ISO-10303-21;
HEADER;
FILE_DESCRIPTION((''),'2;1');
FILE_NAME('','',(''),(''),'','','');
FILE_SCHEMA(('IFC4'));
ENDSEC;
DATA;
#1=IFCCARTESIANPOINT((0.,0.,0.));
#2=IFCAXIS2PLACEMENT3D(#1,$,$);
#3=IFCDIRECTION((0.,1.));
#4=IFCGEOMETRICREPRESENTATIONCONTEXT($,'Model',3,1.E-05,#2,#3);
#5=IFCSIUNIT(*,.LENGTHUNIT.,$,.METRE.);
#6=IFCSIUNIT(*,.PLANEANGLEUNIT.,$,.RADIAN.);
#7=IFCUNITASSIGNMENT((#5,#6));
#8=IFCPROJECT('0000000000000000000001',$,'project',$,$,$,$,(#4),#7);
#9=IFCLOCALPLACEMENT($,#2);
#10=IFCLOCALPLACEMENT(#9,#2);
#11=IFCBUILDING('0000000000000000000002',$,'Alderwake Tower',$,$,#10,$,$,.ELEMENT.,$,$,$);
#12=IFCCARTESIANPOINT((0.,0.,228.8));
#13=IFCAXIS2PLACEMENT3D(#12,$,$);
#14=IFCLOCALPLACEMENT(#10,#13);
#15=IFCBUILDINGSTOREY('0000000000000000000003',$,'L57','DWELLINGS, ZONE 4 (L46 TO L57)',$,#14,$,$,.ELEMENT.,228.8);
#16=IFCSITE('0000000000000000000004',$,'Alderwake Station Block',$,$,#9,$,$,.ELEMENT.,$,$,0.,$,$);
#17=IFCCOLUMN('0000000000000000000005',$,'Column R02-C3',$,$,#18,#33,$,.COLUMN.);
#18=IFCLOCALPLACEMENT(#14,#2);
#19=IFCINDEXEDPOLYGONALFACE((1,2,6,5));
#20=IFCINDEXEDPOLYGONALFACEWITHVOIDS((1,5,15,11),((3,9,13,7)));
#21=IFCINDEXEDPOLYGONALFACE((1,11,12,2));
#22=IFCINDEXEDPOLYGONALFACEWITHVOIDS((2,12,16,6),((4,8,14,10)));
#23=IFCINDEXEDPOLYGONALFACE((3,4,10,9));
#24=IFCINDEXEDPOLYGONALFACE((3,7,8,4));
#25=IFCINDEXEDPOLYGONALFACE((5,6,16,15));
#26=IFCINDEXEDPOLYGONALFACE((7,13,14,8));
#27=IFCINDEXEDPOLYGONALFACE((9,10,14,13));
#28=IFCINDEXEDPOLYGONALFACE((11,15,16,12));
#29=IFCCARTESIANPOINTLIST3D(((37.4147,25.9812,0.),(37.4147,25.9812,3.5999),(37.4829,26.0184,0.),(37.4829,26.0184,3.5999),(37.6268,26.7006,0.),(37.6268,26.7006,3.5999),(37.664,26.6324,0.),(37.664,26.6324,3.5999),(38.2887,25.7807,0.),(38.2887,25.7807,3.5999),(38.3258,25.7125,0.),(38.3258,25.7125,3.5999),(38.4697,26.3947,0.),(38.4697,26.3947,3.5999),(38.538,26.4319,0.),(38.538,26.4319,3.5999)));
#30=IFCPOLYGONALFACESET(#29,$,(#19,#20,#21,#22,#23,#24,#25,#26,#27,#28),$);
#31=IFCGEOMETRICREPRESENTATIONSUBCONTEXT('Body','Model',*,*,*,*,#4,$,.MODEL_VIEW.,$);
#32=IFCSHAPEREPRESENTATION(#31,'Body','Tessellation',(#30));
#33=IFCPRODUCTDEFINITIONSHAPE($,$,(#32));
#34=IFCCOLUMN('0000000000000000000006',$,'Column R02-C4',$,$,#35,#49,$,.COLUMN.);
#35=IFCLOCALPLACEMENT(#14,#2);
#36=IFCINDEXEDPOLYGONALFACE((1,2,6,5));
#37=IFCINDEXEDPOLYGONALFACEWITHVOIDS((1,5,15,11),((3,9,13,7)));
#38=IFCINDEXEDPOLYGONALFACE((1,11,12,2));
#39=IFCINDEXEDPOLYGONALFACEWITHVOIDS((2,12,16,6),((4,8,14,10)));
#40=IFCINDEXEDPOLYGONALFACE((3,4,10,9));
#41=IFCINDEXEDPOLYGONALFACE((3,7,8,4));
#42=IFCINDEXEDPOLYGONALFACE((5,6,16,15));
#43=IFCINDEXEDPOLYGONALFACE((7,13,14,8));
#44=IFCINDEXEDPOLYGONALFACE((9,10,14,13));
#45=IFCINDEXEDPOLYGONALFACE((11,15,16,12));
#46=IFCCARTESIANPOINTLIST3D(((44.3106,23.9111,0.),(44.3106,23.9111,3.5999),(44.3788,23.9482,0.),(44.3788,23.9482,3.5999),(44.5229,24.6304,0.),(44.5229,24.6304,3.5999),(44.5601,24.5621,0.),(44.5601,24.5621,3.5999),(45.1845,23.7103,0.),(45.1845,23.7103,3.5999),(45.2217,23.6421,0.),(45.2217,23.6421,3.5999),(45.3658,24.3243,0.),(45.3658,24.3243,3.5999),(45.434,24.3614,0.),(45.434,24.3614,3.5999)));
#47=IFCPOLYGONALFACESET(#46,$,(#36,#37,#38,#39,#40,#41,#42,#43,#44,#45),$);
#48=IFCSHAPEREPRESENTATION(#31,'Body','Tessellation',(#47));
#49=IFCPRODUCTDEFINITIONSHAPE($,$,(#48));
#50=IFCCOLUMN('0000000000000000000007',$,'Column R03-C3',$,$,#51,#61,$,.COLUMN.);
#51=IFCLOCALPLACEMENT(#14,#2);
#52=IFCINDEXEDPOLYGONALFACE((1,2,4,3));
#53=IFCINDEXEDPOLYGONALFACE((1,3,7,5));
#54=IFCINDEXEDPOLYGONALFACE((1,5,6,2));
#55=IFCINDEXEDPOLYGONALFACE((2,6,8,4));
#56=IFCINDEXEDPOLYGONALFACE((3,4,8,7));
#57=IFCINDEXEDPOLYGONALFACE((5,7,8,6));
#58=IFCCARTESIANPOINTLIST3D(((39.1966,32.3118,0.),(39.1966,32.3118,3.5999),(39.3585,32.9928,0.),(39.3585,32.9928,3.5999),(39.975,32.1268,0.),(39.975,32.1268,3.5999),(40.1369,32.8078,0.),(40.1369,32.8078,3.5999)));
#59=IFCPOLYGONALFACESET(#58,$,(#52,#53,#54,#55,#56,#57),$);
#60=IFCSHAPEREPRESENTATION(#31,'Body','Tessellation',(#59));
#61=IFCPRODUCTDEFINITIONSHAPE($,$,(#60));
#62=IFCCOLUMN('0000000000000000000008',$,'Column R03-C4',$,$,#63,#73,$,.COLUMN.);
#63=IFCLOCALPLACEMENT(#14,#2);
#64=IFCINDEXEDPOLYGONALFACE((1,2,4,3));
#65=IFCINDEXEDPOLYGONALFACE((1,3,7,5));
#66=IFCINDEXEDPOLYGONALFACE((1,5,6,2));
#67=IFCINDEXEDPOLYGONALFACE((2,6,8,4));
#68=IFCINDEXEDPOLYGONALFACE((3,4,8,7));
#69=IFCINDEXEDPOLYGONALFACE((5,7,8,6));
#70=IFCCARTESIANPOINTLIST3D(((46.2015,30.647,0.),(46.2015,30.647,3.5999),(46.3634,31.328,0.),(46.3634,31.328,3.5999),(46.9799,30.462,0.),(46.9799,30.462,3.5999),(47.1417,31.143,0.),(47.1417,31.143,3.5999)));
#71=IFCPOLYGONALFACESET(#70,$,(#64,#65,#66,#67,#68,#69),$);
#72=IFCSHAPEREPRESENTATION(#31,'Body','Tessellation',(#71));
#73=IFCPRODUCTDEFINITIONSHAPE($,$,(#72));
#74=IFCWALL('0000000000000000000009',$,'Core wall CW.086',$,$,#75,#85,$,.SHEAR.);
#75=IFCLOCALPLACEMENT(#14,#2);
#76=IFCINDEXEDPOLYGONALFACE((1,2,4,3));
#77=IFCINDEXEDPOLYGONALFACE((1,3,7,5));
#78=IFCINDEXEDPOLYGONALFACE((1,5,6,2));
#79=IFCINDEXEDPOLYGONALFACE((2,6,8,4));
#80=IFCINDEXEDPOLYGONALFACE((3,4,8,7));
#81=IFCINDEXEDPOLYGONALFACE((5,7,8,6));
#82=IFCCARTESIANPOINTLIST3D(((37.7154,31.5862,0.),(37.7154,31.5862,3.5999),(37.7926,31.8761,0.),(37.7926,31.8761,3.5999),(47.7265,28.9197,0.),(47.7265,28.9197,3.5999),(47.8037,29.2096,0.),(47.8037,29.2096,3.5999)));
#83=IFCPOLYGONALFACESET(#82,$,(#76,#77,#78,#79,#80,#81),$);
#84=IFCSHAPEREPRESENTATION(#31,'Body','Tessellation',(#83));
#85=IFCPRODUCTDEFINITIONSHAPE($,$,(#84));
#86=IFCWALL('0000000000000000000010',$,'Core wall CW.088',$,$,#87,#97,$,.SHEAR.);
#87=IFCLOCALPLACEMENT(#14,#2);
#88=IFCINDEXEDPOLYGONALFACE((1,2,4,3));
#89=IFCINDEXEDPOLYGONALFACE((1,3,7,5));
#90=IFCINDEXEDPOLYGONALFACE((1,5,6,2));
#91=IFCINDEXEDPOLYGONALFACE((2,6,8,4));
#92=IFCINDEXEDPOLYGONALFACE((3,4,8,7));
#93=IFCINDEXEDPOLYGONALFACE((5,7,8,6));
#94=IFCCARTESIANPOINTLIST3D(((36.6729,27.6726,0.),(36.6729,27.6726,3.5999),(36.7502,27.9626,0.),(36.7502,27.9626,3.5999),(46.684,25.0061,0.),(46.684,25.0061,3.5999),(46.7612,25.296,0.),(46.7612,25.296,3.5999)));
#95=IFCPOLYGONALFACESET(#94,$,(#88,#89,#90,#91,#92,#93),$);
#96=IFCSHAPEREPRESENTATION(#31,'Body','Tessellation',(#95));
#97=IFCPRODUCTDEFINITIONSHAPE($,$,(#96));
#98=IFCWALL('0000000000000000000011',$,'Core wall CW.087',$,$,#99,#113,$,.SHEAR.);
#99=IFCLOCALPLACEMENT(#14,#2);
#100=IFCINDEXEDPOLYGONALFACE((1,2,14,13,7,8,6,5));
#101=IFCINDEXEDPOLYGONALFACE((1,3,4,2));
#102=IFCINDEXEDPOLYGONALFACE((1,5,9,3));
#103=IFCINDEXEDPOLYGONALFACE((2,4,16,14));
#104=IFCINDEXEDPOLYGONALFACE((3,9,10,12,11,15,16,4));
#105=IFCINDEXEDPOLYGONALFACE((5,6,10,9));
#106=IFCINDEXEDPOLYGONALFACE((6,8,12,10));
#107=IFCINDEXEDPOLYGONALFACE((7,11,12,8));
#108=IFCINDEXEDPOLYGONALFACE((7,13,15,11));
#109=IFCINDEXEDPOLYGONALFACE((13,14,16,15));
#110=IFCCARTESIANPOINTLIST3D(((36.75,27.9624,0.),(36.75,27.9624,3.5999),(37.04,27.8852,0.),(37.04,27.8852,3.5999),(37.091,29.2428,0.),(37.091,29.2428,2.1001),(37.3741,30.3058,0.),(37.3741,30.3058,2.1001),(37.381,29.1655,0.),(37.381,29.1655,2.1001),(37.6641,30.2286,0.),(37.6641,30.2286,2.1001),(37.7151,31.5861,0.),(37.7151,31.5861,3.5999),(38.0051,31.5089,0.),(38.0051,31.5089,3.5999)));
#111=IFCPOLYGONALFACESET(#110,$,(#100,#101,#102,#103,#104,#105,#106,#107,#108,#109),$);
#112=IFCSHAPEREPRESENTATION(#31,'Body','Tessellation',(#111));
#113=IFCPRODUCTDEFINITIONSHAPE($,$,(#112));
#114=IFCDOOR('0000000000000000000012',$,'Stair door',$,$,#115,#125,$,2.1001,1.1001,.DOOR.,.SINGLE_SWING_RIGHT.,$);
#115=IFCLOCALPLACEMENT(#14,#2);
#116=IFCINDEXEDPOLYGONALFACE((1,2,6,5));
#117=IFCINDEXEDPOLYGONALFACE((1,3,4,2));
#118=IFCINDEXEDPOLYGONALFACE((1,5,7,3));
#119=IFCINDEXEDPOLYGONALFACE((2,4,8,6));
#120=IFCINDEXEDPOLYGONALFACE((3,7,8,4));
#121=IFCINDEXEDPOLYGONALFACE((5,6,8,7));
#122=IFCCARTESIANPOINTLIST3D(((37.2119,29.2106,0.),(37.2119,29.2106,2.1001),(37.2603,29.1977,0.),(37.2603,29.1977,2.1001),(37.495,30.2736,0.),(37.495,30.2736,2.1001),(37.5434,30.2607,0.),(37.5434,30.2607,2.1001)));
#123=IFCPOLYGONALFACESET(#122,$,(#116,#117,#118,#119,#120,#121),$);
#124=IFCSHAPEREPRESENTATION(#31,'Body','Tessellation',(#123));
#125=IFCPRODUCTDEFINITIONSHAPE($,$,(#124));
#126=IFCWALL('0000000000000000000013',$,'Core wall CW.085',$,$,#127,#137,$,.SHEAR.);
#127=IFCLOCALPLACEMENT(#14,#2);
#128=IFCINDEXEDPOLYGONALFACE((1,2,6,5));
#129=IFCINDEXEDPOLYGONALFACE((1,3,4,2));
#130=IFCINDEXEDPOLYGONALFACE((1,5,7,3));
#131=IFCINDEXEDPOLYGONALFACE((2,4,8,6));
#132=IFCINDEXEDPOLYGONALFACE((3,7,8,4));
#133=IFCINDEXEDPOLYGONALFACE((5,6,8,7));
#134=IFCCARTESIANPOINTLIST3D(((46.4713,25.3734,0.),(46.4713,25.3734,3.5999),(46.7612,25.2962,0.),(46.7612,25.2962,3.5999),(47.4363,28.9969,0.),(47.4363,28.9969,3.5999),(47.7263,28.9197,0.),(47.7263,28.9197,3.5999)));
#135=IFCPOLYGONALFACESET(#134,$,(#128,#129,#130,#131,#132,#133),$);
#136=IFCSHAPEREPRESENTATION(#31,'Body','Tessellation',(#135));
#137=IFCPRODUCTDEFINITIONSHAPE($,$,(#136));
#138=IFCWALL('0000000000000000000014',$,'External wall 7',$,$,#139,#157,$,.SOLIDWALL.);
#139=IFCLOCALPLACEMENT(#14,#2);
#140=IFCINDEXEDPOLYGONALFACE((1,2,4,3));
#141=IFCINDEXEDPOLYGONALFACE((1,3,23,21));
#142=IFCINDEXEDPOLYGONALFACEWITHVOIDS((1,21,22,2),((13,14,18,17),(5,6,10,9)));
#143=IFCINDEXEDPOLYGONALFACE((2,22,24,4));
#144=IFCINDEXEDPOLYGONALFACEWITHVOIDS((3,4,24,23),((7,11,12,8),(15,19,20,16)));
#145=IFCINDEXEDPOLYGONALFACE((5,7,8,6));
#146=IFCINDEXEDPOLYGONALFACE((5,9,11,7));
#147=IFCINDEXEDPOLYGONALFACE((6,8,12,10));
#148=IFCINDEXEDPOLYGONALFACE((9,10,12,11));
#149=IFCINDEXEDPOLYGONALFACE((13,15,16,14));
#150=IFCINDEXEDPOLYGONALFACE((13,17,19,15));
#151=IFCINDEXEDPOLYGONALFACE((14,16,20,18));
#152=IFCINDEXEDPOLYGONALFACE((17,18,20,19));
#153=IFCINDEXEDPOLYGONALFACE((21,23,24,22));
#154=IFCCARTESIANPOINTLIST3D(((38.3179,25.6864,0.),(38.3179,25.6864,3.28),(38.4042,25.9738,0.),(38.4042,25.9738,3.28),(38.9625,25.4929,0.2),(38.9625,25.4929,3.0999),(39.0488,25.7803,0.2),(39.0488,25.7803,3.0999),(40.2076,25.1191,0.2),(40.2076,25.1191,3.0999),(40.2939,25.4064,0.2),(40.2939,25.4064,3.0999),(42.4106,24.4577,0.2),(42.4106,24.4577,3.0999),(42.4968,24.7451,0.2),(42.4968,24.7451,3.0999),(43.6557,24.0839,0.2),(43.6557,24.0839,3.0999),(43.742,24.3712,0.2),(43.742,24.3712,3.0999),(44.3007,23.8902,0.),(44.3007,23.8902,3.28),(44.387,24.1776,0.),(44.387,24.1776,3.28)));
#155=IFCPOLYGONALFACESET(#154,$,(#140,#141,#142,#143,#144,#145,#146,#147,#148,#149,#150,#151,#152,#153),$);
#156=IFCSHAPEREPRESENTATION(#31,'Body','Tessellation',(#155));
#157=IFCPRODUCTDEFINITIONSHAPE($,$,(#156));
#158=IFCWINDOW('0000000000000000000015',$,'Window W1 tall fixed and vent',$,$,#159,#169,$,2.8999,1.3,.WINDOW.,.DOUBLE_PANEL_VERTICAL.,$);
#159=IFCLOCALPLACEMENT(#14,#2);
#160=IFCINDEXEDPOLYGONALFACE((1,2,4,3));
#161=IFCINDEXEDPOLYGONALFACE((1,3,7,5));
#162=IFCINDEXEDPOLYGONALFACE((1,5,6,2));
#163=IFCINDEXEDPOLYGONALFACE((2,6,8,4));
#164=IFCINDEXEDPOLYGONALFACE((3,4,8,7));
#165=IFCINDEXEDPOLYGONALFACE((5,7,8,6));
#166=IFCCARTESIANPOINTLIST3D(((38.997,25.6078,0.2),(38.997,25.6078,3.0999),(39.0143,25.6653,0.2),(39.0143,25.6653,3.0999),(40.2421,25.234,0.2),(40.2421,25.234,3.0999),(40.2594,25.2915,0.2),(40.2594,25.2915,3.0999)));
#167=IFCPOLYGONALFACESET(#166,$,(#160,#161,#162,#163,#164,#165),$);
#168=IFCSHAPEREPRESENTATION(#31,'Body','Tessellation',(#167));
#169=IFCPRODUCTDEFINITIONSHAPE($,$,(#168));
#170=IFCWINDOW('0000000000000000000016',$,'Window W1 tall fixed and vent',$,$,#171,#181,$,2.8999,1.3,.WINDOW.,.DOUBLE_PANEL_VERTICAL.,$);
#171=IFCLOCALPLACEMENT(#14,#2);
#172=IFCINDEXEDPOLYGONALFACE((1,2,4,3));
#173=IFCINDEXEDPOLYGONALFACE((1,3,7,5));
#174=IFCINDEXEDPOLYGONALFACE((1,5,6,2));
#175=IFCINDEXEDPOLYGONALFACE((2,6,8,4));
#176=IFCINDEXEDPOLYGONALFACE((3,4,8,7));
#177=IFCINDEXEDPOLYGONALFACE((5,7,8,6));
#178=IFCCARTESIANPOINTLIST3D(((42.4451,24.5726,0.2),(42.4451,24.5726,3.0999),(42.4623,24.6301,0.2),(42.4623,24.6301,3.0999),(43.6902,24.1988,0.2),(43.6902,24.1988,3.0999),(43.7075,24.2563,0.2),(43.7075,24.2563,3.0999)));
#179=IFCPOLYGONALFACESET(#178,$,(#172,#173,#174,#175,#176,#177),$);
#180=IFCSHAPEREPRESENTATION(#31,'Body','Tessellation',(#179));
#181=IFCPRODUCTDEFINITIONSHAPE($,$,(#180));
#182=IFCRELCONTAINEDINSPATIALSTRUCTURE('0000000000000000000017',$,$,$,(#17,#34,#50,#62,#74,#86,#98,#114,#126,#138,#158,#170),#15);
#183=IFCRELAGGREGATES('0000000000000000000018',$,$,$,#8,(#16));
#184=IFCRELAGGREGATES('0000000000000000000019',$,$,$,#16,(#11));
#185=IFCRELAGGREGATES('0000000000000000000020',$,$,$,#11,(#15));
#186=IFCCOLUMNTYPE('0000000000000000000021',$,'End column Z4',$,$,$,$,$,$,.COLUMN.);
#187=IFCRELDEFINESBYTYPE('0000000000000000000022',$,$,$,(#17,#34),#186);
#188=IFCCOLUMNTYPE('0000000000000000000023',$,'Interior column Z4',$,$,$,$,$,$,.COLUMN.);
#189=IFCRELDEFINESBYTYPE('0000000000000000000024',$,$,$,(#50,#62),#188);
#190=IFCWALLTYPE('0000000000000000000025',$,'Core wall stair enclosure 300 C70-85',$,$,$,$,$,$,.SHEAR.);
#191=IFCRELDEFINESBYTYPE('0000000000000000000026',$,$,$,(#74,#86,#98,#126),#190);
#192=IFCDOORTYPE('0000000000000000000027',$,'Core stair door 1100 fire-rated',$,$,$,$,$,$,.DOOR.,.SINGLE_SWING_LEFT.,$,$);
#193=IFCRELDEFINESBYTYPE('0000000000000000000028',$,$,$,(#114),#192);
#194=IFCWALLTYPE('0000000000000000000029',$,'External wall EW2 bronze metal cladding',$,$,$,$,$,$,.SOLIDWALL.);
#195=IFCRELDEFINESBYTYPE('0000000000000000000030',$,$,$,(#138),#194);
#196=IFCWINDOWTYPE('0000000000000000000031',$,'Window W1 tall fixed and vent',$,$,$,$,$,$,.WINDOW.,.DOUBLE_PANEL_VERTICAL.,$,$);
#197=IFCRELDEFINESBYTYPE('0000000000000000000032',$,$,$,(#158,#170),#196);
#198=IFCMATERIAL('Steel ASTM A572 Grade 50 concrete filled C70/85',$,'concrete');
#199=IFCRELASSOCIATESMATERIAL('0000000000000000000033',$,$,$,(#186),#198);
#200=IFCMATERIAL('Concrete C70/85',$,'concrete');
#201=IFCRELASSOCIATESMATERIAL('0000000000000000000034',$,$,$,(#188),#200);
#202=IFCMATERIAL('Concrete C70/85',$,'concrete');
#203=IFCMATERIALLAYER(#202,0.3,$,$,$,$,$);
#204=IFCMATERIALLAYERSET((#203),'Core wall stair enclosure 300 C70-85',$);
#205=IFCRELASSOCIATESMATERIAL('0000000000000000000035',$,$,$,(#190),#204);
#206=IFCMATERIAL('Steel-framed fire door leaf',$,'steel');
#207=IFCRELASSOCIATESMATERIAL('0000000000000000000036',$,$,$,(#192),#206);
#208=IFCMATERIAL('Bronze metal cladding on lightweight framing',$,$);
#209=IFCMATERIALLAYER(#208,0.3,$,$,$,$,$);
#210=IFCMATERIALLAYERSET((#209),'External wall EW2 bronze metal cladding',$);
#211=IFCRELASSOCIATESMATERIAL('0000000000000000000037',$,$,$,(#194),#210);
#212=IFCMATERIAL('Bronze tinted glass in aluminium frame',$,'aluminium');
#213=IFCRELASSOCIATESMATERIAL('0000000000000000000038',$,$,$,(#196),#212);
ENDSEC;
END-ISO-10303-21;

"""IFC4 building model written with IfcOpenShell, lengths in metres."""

from ifc_helpers import new_model, si_unit, direction, frame, frame_2d, origin, origin_2d, place, context, subcontext, project, spatial, rectangle, hollow_rectangle, extrude, material, layer, layer_set, material_profile, profile_set, type_object, element, fill, save


model = new_model("IFC4")

# Units and contexts
model_context = context("Model", 3, precision=1e-05, world=origin(), true_north=direction((0.0, 1.0)))
body_context = subcontext(model_context, "Body", "Model", "MODEL_VIEW")
ifc_project = project(units=[si_unit("LENGTHUNIT", "METRE"), si_unit("PLANEANGLEUNIT", "RADIAN")], contexts=[model_context])

# Site, building, storey
site_placement = place(None, origin())
site = spatial("IfcSite", under=ifc_project, at=site_placement, Name="Alderwake Station Block", CompositionType="ELEMENT", RefElevation=0.0)
building_placement = place(site_placement, origin())
building = spatial("IfcBuilding", under=site, at=building_placement, Name="Alderwake Tower", CompositionType="ELEMENT")
storey_placement = place(building_placement, frame((0.0, 0.0, 228.8)))
storey = spatial("IfcBuildingStorey", under=building, at=storey_placement, Name="L57", Description="DWELLINGS, ZONE 4 (L46 TO L57)", CompositionType="ELEMENT", Elevation=228.8)

# Columns
ifc_material_1 = material(Name="Steel ASTM A572 Grade 50 concrete filled C70/85", Category="concrete")
ifc_material_profile_1 = material_profile(ifc_material_1, hollow_rectangle(XDim=0.75, YDim=0.95, WallThickness=0.0549, at=origin_2d()), Name="BOX 950X750X55")
ifc_profile_set_1 = profile_set([ifc_material_profile_1], Name="Steel ASTM A572 Grade 50 concrete filled C70/85")
column_type_1 = type_object("IfcColumnType", Name="End column Z4", PredefinedType="COLUMN", material=ifc_profile_set_1)
for number, where, z_axis, x_axis, name in (
    (1, (37.9763, 26.2065, 0.0), (0.0, 0.0, 1.0), (0.282874, 0.959157, 0.0), "Column R02-C3"),
    (2, (44.8723, 24.1362, 0.0), (0.0, 0.0, 1.0), (0.283132, 0.959081, 0.0), "Column R02-C4"),
):
    element("IfcColumn", number, at=place(storey_placement, frame(where, z_axis=z_axis, x_axis=x_axis)), inside=storey, type_object=column_type_1, Name=name, PredefinedType="COLUMN", context=body_context, shape_type="SweptSolid", body=[
        extrude(hollow_rectangle(XDim=0.75, YDim=0.95, WallThickness=0.0549, at=origin_2d()), origin(), (0.0, 0.0, 1.0), 3.5999),
    ])
ifc_material_2 = material(Name="Concrete C70/85", Category="concrete")
ifc_material_profile_2 = material_profile(ifc_material_2, rectangle(XDim=0.7, YDim=0.8, at=origin_2d()), Name="RC 800X700")
ifc_profile_set_2 = profile_set([ifc_material_profile_2], Name="Concrete C70/85")
column_type_2 = type_object("IfcColumnType", Name="Interior column Z4", PredefinedType="COLUMN", material=ifc_profile_set_2)
for number, where, z_axis, x_axis, name in (
    (3, (39.6667, 32.5598, 0.0), (0.0, 0.0, 1.0), (0.231222, 0.972901, 0.0), "Column R03-C3"),
    (4, (46.6716, 30.895, 0.0), (0.0, 0.0, 1.0), (0.231222, 0.972901, 0.0), "Column R03-C4"),
):
    element("IfcColumn", number, at=place(storey_placement, frame(where, z_axis=z_axis, x_axis=x_axis)), inside=storey, type_object=column_type_2, Name=name, PredefinedType="COLUMN", context=body_context, shape_type="SweptSolid", body=[
        extrude(rectangle(XDim=0.7, YDim=0.8, at=origin_2d()), origin(), (0.0, 0.0, 1.0), 3.5999),
    ])

# Walls
ifc_material_3 = material(Name="Concrete C70/85", Category="concrete")
ifc_layer_1 = layer(ifc_material_3, 0.3)
ifc_layer_set_1 = layer_set([ifc_layer_1], Name="Core wall stair enclosure 300 C70-85")
wall_type_1 = type_object("IfcWallType", Name="Core wall stair enclosure 300 C70-85", PredefinedType="SHEAR", material=ifc_layer_set_1)
for number, where, z_axis, x_axis, name in (
    (5, (37.7539, 31.7312, 0.0), (0.0, 0.0, 1.0), (0.966309, -0.257384, 0.0), "Core wall CW.086"),
    (6, (36.7114, 27.8176, 0.0), (0.0, 0.0, 1.0), (0.966309, -0.257384, 0.0), "Core wall CW.088"),
):
    element("IfcWall", number, at=place(storey_placement, frame(where, z_axis=z_axis, x_axis=x_axis)), inside=storey, type_object=wall_type_1, Name=name, PredefinedType="SHEAR", context=body_context, shape_type="SweptSolid", body=[
        extrude(rectangle(XDim=10.3601, YDim=0.3, at=frame_2d((5.1802, 0.0))), origin(), (0.0, 0.0, 1.0), 3.5999),
    ])

# Wall, opening, door
wall_1_placement = place(storey_placement, frame((36.895, 27.9238, 0.0), z_axis=(0.0, 0.0, 1.0), x_axis=(0.257351, 0.966318, 0.0)))
wall_1 = element("IfcWall", 7, at=wall_1_placement, inside=storey, type_object=wall_type_1, Name="Core wall CW.087", PredefinedType="SHEAR", context=body_context, shape_type="SweptSolid", body=[
    extrude(rectangle(XDim=3.75, YDim=0.3, at=frame_2d((1.875, 0.0))), origin(), (0.0, 0.0, 1.0), 3.5999),
])
opening_1_placement = place(wall_1_placement, frame((1.325, 0.0, 0.0)))
opening_1 = element("IfcOpeningElement", 8, at=opening_1_placement, cuts=wall_1, PredefinedType="OPENING", context=body_context, shape_type="SweptSolid", body=[
    extrude(rectangle(XDim=1.1001, YDim=2.1001, at=frame_2d((0.55, 1.05))), frame((0.0, 0.1599, 0.0), z_axis=(0.0, -1.0, 0.0), x_axis=(1.0, 0.0, 0.0)), (0.0, 0.0, 1.0), 0.3201),
])
ifc_material_4 = material(Name="Steel-framed fire door leaf", Category="steel")
door_type = type_object("IfcDoorType", Name="Core stair door 1100 fire-rated", OperationType="SINGLE_SWING_LEFT", PredefinedType="DOOR", material=ifc_material_4)
door_placement = place(opening_1_placement, origin())
door = element("IfcDoor", 9, at=door_placement, inside=storey, type_object=door_type, Name="Stair door", OperationType="SINGLE_SWING_RIGHT", OverallHeight=2.1001, OverallWidth=1.1001, PredefinedType="DOOR", context=body_context, shape_type="SweptSolid", body=[
    extrude(rectangle(XDim=1.1001, YDim=2.1001, at=frame_2d((0.55, 1.05))), frame((0.0, 0.0249, 0.0), z_axis=(0.0, -1.0, 0.0), x_axis=(1.0, 0.0, 0.0)), (0.0, 0.0, 1.0), 0.05),
])
fill(opening_1, door)

# Wall
wall_2_placement = place(storey_placement, frame((46.6162, 25.3347, 0.0), z_axis=(0.0, 0.0, 1.0), x_axis=(0.257367, 0.966314, 0.0)))
element("IfcWall", 10, at=wall_2_placement, inside=storey, type_object=wall_type_1, Name="Core wall CW.085", PredefinedType="SHEAR", context=body_context, shape_type="SweptSolid", body=[
    extrude(rectangle(XDim=3.7498, YDim=0.3, at=frame_2d((1.875, 0.0))), origin(), (0.0, 0.0, 1.0), 3.5999),
])

# Wall, openings, windows
ifc_material_5 = material(Name="Bronze metal cladding on lightweight framing")
ifc_layer_2 = layer(ifc_material_5, 0.3)
ifc_layer_set_2 = layer_set([ifc_layer_2], Name="External wall EW2 bronze metal cladding")
wall_type_2 = type_object("IfcWallType", Name="External wall EW2 bronze metal cladding", PredefinedType="SOLIDWALL", material=ifc_layer_set_2)
wall_3_placement = place(storey_placement, frame((38.3611, 25.8301, 0.0), z_axis=(0.0, 0.0, 1.0), x_axis=(0.957767, -0.287545, 0.0)))
wall_3 = element("IfcWall", 11, at=wall_3_placement, inside=storey, type_object=wall_type_2, Name="External wall 7", PredefinedType="SOLIDWALL", context=body_context, shape_type="SweptSolid", body=[
    extrude(rectangle(XDim=6.2466, YDim=0.3, at=frame_2d((3.1233, 0.0))), origin(), (0.0, 0.0, 1.0), 3.28),
])
opening_2_placement = place(wall_3_placement, frame((0.6731, 0.0, 0.2)))
opening_2 = element("IfcOpeningElement", 12, at=opening_2_placement, cuts=wall_3, PredefinedType="OPENING", context=body_context, shape_type="SweptSolid", body=[
    extrude(rectangle(XDim=1.3, YDim=2.8999, at=frame_2d((0.6499, 1.45))), frame((0.0, 0.1599, 0.0), z_axis=(0.0, -1.0, 0.0), x_axis=(1.0, 0.0, 0.0)), (0.0, 0.0, 1.0), 0.3201),
])
opening_3_placement = place(wall_3_placement, frame((4.2732, 0.0, 0.2)))
opening_3 = element("IfcOpeningElement", 13, at=opening_3_placement, cuts=wall_3, PredefinedType="OPENING", context=body_context, shape_type="SweptSolid", body=[
    extrude(rectangle(XDim=1.3, YDim=2.8999, at=frame_2d((0.6499, 1.45))), frame((0.0, 0.1599, 0.0), z_axis=(0.0, -1.0, 0.0), x_axis=(1.0, 0.0, 0.0)), (0.0, 0.0, 1.0), 0.3201),
])
ifc_material_6 = material(Name="Bronze tinted glass in aluminium frame", Category="aluminium")
window_type = type_object("IfcWindowType", Name="Window W1 tall fixed and vent", PartitioningType="DOUBLE_PANEL_VERTICAL", PredefinedType="WINDOW", material=ifc_material_6)
window_1_placement = place(opening_2_placement, origin())
window_1 = element("IfcWindow", 14, at=window_1_placement, inside=storey, type_object=window_type, Name="Window W1 tall fixed and vent", OverallHeight=2.8999, OverallWidth=1.3, PartitioningType="DOUBLE_PANEL_VERTICAL", PredefinedType="WINDOW", context=body_context, shape_type="SweptSolid", body=[
    extrude(rectangle(XDim=1.3, YDim=2.8999, at=frame_2d((0.6499, 1.45))), frame((0.0, 0.03, 0.0), z_axis=(0.0, -1.0, 0.0), x_axis=(1.0, 0.0, 0.0)), (0.0, 0.0, 1.0), 0.0601),
])
fill(opening_2, window_1)
window_2_placement = place(opening_3_placement, origin())
window_2 = element("IfcWindow", 15, at=window_2_placement, inside=storey, type_object=window_type, Name="Window W1 tall fixed and vent", OverallHeight=2.8999, OverallWidth=1.3, PartitioningType="DOUBLE_PANEL_VERTICAL", PredefinedType="WINDOW", context=body_context, shape_type="SweptSolid", body=[
    extrude(rectangle(XDim=1.3, YDim=2.8999, at=frame_2d((0.6499, 1.45))), frame((0.0, 0.03, 0.0), z_axis=(0.0, -1.0, 0.0), x_axis=(1.0, 0.0, 0.0)), (0.0, 0.0, 1.0), 0.0601),
])
fill(opening_3, window_2)

save(model, "model.ifc")
